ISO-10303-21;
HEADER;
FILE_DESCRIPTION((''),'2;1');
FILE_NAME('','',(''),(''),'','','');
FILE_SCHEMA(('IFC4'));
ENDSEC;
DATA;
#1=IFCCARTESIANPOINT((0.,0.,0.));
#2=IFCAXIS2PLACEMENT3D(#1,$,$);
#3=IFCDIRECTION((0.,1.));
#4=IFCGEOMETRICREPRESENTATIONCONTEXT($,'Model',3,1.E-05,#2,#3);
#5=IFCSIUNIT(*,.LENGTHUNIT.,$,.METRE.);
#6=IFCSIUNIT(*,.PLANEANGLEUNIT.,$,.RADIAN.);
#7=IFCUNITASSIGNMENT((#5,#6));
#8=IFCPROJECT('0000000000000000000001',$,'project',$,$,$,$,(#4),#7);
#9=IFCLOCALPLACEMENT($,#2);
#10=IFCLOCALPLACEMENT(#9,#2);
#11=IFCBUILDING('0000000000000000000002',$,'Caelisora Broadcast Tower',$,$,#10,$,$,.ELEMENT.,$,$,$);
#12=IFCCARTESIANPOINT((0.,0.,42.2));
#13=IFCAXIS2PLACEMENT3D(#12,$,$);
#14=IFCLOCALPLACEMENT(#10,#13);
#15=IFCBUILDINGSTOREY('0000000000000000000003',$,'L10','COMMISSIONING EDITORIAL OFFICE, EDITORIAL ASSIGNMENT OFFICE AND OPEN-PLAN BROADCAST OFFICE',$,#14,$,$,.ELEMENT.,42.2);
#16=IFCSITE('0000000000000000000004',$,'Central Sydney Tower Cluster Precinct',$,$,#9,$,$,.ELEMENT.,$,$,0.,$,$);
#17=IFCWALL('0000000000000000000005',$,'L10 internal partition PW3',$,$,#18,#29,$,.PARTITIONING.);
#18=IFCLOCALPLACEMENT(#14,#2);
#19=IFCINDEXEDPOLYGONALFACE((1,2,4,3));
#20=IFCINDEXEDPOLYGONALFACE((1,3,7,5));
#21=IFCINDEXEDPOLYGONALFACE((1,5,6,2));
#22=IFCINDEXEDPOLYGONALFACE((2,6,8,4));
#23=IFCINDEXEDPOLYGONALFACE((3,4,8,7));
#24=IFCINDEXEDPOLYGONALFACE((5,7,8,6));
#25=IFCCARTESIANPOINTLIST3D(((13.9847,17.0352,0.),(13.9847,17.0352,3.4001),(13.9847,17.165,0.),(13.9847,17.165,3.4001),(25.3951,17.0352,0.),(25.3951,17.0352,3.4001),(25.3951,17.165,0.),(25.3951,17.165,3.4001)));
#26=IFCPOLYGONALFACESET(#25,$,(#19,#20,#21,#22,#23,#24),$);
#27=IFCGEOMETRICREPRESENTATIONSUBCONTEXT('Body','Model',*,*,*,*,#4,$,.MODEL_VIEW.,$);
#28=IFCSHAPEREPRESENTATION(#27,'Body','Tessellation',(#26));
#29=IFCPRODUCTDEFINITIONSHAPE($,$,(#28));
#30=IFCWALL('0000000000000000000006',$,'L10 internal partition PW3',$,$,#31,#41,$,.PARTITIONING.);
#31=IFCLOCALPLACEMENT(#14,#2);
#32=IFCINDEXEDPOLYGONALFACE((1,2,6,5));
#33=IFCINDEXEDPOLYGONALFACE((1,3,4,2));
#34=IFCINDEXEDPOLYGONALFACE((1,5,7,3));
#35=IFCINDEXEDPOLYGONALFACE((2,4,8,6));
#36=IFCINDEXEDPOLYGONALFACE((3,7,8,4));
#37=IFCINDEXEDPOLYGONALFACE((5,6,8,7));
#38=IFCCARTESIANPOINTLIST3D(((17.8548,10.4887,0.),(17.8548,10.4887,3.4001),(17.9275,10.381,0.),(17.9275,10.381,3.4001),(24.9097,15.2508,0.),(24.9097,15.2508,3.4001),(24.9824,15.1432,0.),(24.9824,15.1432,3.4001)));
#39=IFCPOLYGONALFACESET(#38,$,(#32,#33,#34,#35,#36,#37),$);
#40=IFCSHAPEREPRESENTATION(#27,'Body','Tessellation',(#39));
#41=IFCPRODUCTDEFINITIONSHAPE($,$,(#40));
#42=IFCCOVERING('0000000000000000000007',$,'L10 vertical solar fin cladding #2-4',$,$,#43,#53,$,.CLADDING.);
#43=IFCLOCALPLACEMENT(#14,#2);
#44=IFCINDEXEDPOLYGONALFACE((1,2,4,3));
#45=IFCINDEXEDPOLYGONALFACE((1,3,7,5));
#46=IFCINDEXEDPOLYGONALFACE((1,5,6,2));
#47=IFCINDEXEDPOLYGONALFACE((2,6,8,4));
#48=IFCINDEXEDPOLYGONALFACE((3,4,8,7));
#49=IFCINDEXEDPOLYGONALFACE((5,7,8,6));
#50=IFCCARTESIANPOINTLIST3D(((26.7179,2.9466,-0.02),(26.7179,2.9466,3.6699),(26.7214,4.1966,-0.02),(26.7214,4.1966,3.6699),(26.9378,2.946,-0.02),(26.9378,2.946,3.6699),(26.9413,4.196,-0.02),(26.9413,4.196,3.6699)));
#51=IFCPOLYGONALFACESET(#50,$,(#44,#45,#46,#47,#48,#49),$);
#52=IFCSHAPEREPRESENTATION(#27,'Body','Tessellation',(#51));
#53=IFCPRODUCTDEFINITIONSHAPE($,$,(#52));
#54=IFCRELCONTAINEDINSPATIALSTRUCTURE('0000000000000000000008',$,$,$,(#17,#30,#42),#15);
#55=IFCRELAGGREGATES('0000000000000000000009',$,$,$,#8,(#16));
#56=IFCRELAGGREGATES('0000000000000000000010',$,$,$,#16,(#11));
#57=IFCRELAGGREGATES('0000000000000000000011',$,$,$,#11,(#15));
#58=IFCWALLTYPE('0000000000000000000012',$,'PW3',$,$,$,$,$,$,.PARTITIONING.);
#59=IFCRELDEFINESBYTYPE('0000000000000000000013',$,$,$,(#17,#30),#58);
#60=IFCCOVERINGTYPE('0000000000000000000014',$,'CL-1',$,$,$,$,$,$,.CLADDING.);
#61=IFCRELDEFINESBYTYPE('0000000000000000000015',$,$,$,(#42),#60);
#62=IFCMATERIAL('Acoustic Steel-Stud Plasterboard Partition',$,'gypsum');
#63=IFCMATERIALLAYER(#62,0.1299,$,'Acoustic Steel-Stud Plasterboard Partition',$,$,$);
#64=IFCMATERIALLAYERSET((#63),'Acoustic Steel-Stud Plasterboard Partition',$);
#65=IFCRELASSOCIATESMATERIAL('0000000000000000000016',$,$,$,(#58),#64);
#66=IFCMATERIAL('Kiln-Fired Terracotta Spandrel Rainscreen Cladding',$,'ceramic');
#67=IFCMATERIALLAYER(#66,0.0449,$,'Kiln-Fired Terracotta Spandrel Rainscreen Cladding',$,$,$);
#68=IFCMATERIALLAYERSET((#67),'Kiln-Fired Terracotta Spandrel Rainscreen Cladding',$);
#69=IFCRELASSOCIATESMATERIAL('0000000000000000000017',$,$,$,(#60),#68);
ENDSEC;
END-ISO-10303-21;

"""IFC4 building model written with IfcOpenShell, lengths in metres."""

from ifc_helpers import new_model, si_unit, direction, frame, frame_2d, origin, origin_2d, place, context, subcontext, project, spatial, rectangle, extrude, source, transform, mapped, material, layer, layer_set, type_object, type_shapes, element, save


model = new_model("IFC4")

# Units and contexts
model_context = context("Model", 3, precision=1e-05, world=origin(), true_north=direction((0.0, 1.0)))
body_context = subcontext(model_context, "Body", "Model", "MODEL_VIEW")
ifc_project = project(units=[si_unit("LENGTHUNIT", "METRE"), si_unit("PLANEANGLEUNIT", "RADIAN")], contexts=[model_context])

# Site, building, storey
site_placement = place(None, origin())
site = spatial("IfcSite", under=ifc_project, at=site_placement, Name="Central Sydney Tower Cluster Precinct", CompositionType="ELEMENT", RefElevation=0.0)
building_placement = place(site_placement, origin())
building = spatial("IfcBuilding", under=site, at=building_placement, Name="Caelisora Broadcast Tower", CompositionType="ELEMENT")
storey_placement = place(building_placement, frame((0.0, 0.0, 42.2)))
storey = spatial("IfcBuildingStorey", under=building, at=storey_placement, Name="L10", Description="COMMISSIONING EDITORIAL OFFICE, EDITORIAL ASSIGNMENT OFFICE AND OPEN-PLAN BROADCAST OFFICE", CompositionType="ELEMENT", Elevation=42.2)

# Shared definitions
ifc_material_1 = material(Name="Acoustic Steel-Stud Plasterboard Partition", Category="gypsum")
ifc_layer_1 = layer(ifc_material_1, 0.1299, Name="Acoustic Steel-Stud Plasterboard Partition")
ifc_layer_set_1 = layer_set([ifc_layer_1], Name="Acoustic Steel-Stud Plasterboard Partition")
wall_type = type_object("IfcWallType", Name="PW3", PredefinedType="PARTITIONING", material=ifc_layer_set_1)

# Walls
wall_1_placement = place(storey_placement, frame((25.395, 17.1001, 0.0), z_axis=(0.0, 0.0, 1.0), x_axis=(-1.0, 0.0, 0.0)))
element("IfcWall", 1, at=wall_1_placement, inside=storey, type_object=wall_type, Name="L10 internal partition PW3", PredefinedType="PARTITIONING", context=body_context, shape_type="SweptSolid", body=[
    extrude(rectangle(XDim=11.4104, YDim=0.1299, at=frame_2d((5.7051, 0.0))), origin(), (0.0, 0.0, 1.0), 3.4001),
])
wall_2_placement = place(storey_placement, frame((24.946, 15.197, 0.0), z_axis=(0.0, 0.0, 1.0), x_axis=(-0.828842, -0.559483, 0.0)))
element("IfcWall", 2, at=wall_2_placement, inside=storey, type_object=wall_type, Name="L10 internal partition PW3", PredefinedType="PARTITIONING", context=body_context, shape_type="SweptSolid", body=[
    extrude(rectangle(XDim=8.5117, YDim=0.1299, at=frame_2d((4.2559, 0.0))), origin(), (0.0, 0.0, 1.0), 3.4001),
])

# Covering
ifc_material_2 = material(Name="Kiln-Fired Terracotta Spandrel Rainscreen Cladding", Category="ceramic")
ifc_layer_2 = layer(ifc_material_2, 0.0449, Name="Kiln-Fired Terracotta Spandrel Rainscreen Cladding")
ifc_layer_set_2 = layer_set([ifc_layer_2], Name="Kiln-Fired Terracotta Spandrel Rainscreen Cladding")
covering_type = type_object("IfcCoveringType", Name="CL-1", PredefinedType="CLADDING", material=ifc_layer_set_2)
shared_shape_1 = source(origin(), body_context, "Body", "SweptSolid", [
    extrude(rectangle(XDim=0.22, YDim=1.25, at=origin_2d()), origin(), (0.0, 0.0, 1.0), 3.6899),
])
type_shapes(covering_type, [shared_shape_1])
covering_placement = place(storey_placement, frame((26.8296, 3.5713, -0.02), z_axis=(0.0, 0.0, 1.0), x_axis=(-0.999996, 0.002793, 0.0)))
element("IfcCovering", 3, at=covering_placement, inside=storey, type_object=covering_type, Name="L10 vertical solar fin cladding #2-4", PredefinedType="CLADDING", context=body_context, shape_type="MappedRepresentation", body=[
    mapped(shared_shape_1, transform((0.0, 0.0, 0.0), scale=1.0)),
])

save(model, "model.ifc")
